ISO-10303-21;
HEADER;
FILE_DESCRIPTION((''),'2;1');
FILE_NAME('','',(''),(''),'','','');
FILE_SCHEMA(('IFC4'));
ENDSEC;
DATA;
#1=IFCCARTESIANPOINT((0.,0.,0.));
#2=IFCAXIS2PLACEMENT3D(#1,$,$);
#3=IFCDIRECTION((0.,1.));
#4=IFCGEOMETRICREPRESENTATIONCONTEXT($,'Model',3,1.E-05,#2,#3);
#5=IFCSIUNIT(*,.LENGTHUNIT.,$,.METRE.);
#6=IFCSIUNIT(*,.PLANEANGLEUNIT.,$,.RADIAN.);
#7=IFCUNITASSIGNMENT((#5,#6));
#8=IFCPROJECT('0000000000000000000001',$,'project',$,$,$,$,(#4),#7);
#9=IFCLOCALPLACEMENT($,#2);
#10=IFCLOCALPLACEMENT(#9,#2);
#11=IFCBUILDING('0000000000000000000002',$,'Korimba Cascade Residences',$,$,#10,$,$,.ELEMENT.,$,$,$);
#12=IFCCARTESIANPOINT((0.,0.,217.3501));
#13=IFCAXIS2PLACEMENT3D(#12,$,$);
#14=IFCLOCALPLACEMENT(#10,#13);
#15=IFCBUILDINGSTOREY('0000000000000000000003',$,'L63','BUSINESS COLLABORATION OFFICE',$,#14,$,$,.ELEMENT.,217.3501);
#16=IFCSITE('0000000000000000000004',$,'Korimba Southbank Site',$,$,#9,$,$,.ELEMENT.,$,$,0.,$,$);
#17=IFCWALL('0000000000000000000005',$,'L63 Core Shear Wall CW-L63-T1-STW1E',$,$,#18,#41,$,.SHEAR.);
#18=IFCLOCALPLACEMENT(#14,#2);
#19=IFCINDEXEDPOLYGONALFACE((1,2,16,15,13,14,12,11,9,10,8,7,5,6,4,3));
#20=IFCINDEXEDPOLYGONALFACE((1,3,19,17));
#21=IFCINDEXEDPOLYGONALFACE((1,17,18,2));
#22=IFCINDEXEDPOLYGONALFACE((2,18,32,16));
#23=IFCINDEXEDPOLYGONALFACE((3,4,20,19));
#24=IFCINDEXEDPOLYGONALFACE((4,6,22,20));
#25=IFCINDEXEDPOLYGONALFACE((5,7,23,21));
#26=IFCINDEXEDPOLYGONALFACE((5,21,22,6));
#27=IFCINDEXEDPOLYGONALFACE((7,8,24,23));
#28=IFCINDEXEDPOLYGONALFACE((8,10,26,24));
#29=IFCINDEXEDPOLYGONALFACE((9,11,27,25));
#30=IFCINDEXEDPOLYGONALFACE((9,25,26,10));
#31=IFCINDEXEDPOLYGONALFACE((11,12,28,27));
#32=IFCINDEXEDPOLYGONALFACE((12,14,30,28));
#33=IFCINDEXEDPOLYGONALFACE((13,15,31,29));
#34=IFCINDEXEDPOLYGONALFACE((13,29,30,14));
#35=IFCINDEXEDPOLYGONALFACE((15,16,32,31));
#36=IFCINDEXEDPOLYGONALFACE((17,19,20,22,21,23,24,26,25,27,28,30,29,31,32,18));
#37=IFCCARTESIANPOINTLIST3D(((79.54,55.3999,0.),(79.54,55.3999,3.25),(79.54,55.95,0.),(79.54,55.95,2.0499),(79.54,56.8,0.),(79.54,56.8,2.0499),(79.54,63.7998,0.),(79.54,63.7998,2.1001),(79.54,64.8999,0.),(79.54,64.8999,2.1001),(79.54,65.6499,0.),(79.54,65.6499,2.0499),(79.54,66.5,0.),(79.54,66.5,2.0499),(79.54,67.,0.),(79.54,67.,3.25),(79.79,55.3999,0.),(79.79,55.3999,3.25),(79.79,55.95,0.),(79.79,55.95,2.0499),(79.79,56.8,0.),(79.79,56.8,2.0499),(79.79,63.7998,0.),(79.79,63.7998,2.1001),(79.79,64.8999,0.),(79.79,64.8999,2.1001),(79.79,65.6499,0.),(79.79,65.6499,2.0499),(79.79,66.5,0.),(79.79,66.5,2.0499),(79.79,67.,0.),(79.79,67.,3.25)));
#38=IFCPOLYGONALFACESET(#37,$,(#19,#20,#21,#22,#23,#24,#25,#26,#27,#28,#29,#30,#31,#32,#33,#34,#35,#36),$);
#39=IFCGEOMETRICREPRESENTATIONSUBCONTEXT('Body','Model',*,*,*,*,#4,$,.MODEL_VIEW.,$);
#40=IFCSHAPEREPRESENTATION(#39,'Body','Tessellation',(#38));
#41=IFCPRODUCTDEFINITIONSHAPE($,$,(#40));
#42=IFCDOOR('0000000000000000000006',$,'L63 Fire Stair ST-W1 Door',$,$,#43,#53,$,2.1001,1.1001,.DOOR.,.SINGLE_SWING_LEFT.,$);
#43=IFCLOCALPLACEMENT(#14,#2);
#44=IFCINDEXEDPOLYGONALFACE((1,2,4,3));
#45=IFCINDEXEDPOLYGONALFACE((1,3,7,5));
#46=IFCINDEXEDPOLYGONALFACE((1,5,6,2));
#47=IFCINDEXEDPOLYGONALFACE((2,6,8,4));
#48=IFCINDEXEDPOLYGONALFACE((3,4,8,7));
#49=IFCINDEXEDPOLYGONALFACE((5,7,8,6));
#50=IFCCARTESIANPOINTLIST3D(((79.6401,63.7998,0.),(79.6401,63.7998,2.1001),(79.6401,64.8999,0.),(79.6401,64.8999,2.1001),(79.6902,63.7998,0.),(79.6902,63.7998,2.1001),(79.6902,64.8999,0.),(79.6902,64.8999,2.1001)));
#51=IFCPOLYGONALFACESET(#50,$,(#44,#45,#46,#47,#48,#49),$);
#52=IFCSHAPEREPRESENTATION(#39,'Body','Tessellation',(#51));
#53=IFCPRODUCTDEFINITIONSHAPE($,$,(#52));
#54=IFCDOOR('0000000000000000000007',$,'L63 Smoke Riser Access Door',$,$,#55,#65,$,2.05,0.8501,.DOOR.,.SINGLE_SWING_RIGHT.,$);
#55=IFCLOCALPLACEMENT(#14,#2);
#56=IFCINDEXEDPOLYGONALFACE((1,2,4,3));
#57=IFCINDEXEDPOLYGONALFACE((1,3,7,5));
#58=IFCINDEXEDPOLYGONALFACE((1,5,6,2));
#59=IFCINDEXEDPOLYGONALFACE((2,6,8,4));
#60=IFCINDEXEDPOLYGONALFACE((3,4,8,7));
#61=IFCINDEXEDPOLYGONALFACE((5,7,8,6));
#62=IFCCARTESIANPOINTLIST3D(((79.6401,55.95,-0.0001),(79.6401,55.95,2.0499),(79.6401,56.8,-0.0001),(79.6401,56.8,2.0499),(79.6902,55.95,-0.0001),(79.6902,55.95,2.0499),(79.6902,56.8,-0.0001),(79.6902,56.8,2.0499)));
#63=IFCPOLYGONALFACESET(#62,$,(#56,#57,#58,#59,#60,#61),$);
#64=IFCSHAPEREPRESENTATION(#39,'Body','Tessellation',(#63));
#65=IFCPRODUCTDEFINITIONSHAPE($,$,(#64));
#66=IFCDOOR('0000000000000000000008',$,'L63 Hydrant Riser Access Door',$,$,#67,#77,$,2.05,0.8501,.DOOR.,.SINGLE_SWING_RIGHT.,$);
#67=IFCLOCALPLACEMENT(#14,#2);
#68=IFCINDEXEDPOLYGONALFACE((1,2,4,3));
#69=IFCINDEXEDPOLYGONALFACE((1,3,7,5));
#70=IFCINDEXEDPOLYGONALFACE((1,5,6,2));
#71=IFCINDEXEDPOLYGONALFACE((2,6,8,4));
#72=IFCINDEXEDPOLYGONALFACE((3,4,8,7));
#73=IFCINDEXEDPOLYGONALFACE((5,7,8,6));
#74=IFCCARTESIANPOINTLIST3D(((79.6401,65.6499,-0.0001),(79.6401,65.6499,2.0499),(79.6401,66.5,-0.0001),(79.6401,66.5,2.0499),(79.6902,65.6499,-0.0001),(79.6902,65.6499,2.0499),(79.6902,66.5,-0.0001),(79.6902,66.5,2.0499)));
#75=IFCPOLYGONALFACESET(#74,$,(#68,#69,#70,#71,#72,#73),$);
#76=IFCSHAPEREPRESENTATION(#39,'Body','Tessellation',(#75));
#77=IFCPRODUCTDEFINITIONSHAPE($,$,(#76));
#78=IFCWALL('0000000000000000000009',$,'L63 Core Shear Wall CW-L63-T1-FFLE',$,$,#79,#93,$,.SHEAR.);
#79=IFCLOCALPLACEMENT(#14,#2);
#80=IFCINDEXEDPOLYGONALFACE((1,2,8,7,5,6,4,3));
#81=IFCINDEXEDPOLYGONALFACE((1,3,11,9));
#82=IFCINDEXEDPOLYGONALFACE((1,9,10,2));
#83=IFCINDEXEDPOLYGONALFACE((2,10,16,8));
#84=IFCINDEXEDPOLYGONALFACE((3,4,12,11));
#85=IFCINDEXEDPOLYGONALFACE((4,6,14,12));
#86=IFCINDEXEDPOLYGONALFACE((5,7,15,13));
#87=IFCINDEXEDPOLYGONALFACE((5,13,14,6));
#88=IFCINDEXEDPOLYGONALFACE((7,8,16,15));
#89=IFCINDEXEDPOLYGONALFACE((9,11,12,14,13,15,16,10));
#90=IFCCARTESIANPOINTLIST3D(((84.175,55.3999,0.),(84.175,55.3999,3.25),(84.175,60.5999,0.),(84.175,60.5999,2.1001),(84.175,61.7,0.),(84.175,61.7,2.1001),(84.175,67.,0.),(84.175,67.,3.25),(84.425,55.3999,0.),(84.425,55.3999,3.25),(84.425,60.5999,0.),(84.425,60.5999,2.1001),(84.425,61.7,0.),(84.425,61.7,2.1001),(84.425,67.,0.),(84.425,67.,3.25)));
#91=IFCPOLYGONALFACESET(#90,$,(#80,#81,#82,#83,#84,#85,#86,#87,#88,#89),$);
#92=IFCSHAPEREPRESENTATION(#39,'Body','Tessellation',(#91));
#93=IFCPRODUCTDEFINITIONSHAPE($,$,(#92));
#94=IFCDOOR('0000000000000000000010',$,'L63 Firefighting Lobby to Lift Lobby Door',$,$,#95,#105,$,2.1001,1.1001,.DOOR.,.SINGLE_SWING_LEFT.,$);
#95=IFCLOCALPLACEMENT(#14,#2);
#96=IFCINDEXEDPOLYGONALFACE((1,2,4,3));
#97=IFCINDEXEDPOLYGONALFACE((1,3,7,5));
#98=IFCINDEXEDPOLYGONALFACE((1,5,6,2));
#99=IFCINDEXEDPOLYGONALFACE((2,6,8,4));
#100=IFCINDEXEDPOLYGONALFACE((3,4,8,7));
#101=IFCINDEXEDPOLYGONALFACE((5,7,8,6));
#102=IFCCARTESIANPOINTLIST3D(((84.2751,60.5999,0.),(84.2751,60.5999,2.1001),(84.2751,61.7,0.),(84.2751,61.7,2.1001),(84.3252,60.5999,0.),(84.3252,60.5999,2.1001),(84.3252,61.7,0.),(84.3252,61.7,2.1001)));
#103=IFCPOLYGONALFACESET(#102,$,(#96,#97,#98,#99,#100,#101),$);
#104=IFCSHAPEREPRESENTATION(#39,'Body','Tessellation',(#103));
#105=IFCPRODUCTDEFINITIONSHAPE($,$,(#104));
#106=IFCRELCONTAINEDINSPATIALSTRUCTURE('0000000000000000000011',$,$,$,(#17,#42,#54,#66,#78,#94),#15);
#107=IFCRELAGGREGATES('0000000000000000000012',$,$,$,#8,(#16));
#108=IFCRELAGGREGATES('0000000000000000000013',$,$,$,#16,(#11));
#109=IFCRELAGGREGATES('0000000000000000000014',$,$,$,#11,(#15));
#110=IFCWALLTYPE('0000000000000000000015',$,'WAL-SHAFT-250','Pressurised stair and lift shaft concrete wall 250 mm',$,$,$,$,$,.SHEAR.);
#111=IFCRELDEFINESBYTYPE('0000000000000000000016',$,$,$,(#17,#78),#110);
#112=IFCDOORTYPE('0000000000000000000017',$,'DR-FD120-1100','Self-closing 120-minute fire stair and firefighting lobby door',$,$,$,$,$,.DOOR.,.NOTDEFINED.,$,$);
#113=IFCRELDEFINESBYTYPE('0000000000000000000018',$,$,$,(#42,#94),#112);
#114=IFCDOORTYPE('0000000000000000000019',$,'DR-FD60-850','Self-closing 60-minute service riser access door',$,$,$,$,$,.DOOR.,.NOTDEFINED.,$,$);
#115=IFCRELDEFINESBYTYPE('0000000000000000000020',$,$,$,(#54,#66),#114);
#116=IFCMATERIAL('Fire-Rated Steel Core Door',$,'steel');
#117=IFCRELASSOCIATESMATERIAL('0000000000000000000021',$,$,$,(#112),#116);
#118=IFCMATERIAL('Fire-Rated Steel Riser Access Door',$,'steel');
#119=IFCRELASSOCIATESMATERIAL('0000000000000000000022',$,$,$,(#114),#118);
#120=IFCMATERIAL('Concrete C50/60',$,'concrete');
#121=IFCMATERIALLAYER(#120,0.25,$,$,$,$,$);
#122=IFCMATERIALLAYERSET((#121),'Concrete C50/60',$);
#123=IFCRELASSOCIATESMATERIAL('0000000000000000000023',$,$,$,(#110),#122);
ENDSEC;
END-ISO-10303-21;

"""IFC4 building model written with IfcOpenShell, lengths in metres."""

from ifc_helpers import new_model, si_unit, direction, frame, frame_2d, origin, place, context, subcontext, project, spatial, rectangle, extrude, material, layer, layer_set, type_object, element, fill, save


model = new_model("IFC4")

# Units and contexts
model_context = context("Model", 3, precision=1e-05, world=origin(), true_north=direction((0.0, 1.0)))
body_context = subcontext(model_context, "Body", "Model", "MODEL_VIEW")
ifc_project = project(units=[si_unit("LENGTHUNIT", "METRE"), si_unit("PLANEANGLEUNIT", "RADIAN")], contexts=[model_context])

# Site, building, storey
site_placement = place(None, origin())
site = spatial("IfcSite", under=ifc_project, at=site_placement, Name="Korimba Southbank Site", CompositionType="ELEMENT", RefElevation=0.0)
building_placement = place(site_placement, origin())
building = spatial("IfcBuilding", under=site, at=building_placement, Name="Korimba Cascade Residences", CompositionType="ELEMENT")
storey_placement = place(building_placement, frame((0.0, 0.0, 217.3501)))
storey = spatial("IfcBuildingStorey", under=building, at=storey_placement, Name="L63", Description="BUSINESS COLLABORATION OFFICE", CompositionType="ELEMENT", Elevation=217.3501)

# Shared definitions
ifc_material_1 = material(Name="Fire-Rated Steel Core Door", Category="steel")
door_type_1 = type_object("IfcDoorType", Name="DR-FD120-1100", Description="Self-closing 120-minute fire stair and firefighting lobby door", OperationType="NOTDEFINED", PredefinedType="DOOR", material=ifc_material_1)

# Wall, openings, doors
ifc_material_2 = material(Name="Fire-Rated Steel Riser Access Door", Category="steel")
door_type_2 = type_object("IfcDoorType", Name="DR-FD60-850", Description="Self-closing 60-minute service riser access door", OperationType="NOTDEFINED", PredefinedType="DOOR", material=ifc_material_2)
ifc_material_3 = material(Name="Concrete C50/60", Category="concrete")
ifc_layer_1 = layer(ifc_material_3, 0.25)
ifc_layer_set_1 = layer_set([ifc_layer_1], Name="Concrete C50/60")
wall_type_1 = type_object("IfcWallType", Name="WAL-SHAFT-250", Description="Pressurised stair and lift shaft concrete wall 250 mm", PredefinedType="SHEAR", material=ifc_layer_set_1)
wall_1_placement = place(storey_placement, frame((79.665, 55.3999, 0.0), z_axis=(0.0, 0.0, 1.0), x_axis=(0.0, 1.0, 0.0)))
wall_1 = element("IfcWall", 1, at=wall_1_placement, inside=storey, type_object=wall_type_1, Name="L63 Core Shear Wall CW-L63-T1-STW1E", PredefinedType="SHEAR", context=body_context, shape_type="SweptSolid", body=[
    extrude(rectangle(XDim=11.6001, YDim=0.25, at=frame_2d((5.8, 0.0))), origin(), (0.0, 0.0, 1.0), 3.25),
])
opening_1_placement = place(wall_1_placement, frame((0.55, 0.0, 0.0)))
opening_1 = element("IfcOpeningElement", 2, at=opening_1_placement, cuts=wall_1, PredefinedType="OPENING", context=body_context, shape_type="SweptSolid", body=[
    extrude(rectangle(XDim=0.8501, YDim=2.05, at=frame_2d((0.425, 1.0249))), frame((0.0, 0.135, 0.0), z_axis=(0.0, -1.0, 0.0), x_axis=(1.0, 0.0, 0.0)), (0.0, 0.0, 1.0), 0.27),
])
opening_2_placement = place(wall_1_placement, frame((8.3999, 0.0, 0.0)))
opening_2 = element("IfcOpeningElement", 3, at=opening_2_placement, cuts=wall_1, PredefinedType="OPENING", context=body_context, shape_type="SweptSolid", body=[
    extrude(rectangle(XDim=1.1001, YDim=2.1001, at=frame_2d((0.55, 1.05))), frame((0.0, 0.135, 0.0), z_axis=(0.0, -1.0, 0.0), x_axis=(1.0, 0.0, 0.0)), (0.0, 0.0, 1.0), 0.27),
])
opening_3_placement = place(wall_1_placement, frame((10.25, 0.0, 0.0)))
opening_3 = element("IfcOpeningElement", 4, at=opening_3_placement, cuts=wall_1, PredefinedType="OPENING", context=body_context, shape_type="SweptSolid", body=[
    extrude(rectangle(XDim=0.8501, YDim=2.05, at=frame_2d((0.425, 1.0249))), frame((0.0, 0.135, 0.0), z_axis=(0.0, -1.0, 0.0), x_axis=(1.0, 0.0, 0.0)), (0.0, 0.0, 1.0), 0.27),
])
door_1_placement = place(opening_2_placement, origin())
door_1 = element("IfcDoor", 5, at=door_1_placement, inside=storey, type_object=door_type_1, Name="L63 Fire Stair ST-W1 Door", OperationType="SINGLE_SWING_LEFT", OverallHeight=2.1001, OverallWidth=1.1001, PredefinedType="DOOR", context=body_context, shape_type="SweptSolid", body=[
    extrude(rectangle(XDim=1.1001, YDim=2.1001, at=frame_2d((0.55, 1.05))), frame((0.0, 0.0249, 0.0), z_axis=(0.0, -1.0, 0.0), x_axis=(1.0, 0.0, 0.0)), (0.0, 0.0, 1.0), 0.05),
])
fill(opening_2, door_1)
door_2_placement = place(opening_1_placement, origin())
door_2 = element("IfcDoor", 6, at=door_2_placement, inside=storey, type_object=door_type_2, Name="L63 Smoke Riser Access Door", OperationType="SINGLE_SWING_RIGHT", OverallHeight=2.05, OverallWidth=0.8501, PredefinedType="DOOR", context=body_context, shape_type="SweptSolid", body=[
    extrude(rectangle(XDim=0.8501, YDim=2.05, at=frame_2d((0.425, 1.0249))), frame((0.0, 0.0249, 0.0), z_axis=(0.0, -1.0, 0.0), x_axis=(1.0, 0.0, 0.0)), (0.0, 0.0, 1.0), 0.05),
])
fill(opening_1, door_2)
door_3_placement = place(opening_3_placement, origin())
door_3 = element("IfcDoor", 7, at=door_3_placement, inside=storey, type_object=door_type_2, Name="L63 Hydrant Riser Access Door", OperationType="SINGLE_SWING_RIGHT", OverallHeight=2.05, OverallWidth=0.8501, PredefinedType="DOOR", context=body_context, shape_type="SweptSolid", body=[
    extrude(rectangle(XDim=0.8501, YDim=2.05, at=frame_2d((0.425, 1.0249))), frame((0.0, 0.0249, 0.0), z_axis=(0.0, -1.0, 0.0), x_axis=(1.0, 0.0, 0.0)), (0.0, 0.0, 1.0), 0.05),
])
fill(opening_3, door_3)

# Wall, opening, door
wall_2_placement = place(storey_placement, frame((84.3, 55.3999, 0.0), z_axis=(0.0, 0.0, 1.0), x_axis=(0.0, 1.0, 0.0)))
wall_2 = element("IfcWall", 8, at=wall_2_placement, inside=storey, type_object=wall_type_1, Name="L63 Core Shear Wall CW-L63-T1-FFLE", PredefinedType="SHEAR", context=body_context, shape_type="SweptSolid", body=[
    extrude(rectangle(XDim=11.6001, YDim=0.25, at=frame_2d((5.8, 0.0))), origin(), (0.0, 0.0, 1.0), 3.25),
])
opening_4_placement = place(wall_2_placement, frame((5.2, 0.0, 0.0)))
opening_4 = element("IfcOpeningElement", 9, at=opening_4_placement, cuts=wall_2, PredefinedType="OPENING", context=body_context, shape_type="SweptSolid", body=[
    extrude(rectangle(XDim=1.1001, YDim=2.1001, at=frame_2d((0.55, 1.05))), frame((0.0, 0.135, 0.0), z_axis=(0.0, -1.0, 0.0), x_axis=(1.0, 0.0, 0.0)), (0.0, 0.0, 1.0), 0.27),
])
door_4_placement = place(opening_4_placement, origin())
door_4 = element("IfcDoor", 10, at=door_4_placement, inside=storey, type_object=door_type_1, Name="L63 Firefighting Lobby to Lift Lobby Door", OperationType="SINGLE_SWING_LEFT", OverallHeight=2.1001, OverallWidth=1.1001, PredefinedType="DOOR", context=body_context, shape_type="SweptSolid", body=[
    extrude(rectangle(XDim=1.1001, YDim=2.1001, at=frame_2d((0.55, 1.05))), frame((0.0, 0.0249, 0.0), z_axis=(0.0, -1.0, 0.0), x_axis=(1.0, 0.0, 0.0)), (0.0, 0.0, 1.0), 0.05),
])
fill(opening_4, door_4)

save(model, "model.ifc")
